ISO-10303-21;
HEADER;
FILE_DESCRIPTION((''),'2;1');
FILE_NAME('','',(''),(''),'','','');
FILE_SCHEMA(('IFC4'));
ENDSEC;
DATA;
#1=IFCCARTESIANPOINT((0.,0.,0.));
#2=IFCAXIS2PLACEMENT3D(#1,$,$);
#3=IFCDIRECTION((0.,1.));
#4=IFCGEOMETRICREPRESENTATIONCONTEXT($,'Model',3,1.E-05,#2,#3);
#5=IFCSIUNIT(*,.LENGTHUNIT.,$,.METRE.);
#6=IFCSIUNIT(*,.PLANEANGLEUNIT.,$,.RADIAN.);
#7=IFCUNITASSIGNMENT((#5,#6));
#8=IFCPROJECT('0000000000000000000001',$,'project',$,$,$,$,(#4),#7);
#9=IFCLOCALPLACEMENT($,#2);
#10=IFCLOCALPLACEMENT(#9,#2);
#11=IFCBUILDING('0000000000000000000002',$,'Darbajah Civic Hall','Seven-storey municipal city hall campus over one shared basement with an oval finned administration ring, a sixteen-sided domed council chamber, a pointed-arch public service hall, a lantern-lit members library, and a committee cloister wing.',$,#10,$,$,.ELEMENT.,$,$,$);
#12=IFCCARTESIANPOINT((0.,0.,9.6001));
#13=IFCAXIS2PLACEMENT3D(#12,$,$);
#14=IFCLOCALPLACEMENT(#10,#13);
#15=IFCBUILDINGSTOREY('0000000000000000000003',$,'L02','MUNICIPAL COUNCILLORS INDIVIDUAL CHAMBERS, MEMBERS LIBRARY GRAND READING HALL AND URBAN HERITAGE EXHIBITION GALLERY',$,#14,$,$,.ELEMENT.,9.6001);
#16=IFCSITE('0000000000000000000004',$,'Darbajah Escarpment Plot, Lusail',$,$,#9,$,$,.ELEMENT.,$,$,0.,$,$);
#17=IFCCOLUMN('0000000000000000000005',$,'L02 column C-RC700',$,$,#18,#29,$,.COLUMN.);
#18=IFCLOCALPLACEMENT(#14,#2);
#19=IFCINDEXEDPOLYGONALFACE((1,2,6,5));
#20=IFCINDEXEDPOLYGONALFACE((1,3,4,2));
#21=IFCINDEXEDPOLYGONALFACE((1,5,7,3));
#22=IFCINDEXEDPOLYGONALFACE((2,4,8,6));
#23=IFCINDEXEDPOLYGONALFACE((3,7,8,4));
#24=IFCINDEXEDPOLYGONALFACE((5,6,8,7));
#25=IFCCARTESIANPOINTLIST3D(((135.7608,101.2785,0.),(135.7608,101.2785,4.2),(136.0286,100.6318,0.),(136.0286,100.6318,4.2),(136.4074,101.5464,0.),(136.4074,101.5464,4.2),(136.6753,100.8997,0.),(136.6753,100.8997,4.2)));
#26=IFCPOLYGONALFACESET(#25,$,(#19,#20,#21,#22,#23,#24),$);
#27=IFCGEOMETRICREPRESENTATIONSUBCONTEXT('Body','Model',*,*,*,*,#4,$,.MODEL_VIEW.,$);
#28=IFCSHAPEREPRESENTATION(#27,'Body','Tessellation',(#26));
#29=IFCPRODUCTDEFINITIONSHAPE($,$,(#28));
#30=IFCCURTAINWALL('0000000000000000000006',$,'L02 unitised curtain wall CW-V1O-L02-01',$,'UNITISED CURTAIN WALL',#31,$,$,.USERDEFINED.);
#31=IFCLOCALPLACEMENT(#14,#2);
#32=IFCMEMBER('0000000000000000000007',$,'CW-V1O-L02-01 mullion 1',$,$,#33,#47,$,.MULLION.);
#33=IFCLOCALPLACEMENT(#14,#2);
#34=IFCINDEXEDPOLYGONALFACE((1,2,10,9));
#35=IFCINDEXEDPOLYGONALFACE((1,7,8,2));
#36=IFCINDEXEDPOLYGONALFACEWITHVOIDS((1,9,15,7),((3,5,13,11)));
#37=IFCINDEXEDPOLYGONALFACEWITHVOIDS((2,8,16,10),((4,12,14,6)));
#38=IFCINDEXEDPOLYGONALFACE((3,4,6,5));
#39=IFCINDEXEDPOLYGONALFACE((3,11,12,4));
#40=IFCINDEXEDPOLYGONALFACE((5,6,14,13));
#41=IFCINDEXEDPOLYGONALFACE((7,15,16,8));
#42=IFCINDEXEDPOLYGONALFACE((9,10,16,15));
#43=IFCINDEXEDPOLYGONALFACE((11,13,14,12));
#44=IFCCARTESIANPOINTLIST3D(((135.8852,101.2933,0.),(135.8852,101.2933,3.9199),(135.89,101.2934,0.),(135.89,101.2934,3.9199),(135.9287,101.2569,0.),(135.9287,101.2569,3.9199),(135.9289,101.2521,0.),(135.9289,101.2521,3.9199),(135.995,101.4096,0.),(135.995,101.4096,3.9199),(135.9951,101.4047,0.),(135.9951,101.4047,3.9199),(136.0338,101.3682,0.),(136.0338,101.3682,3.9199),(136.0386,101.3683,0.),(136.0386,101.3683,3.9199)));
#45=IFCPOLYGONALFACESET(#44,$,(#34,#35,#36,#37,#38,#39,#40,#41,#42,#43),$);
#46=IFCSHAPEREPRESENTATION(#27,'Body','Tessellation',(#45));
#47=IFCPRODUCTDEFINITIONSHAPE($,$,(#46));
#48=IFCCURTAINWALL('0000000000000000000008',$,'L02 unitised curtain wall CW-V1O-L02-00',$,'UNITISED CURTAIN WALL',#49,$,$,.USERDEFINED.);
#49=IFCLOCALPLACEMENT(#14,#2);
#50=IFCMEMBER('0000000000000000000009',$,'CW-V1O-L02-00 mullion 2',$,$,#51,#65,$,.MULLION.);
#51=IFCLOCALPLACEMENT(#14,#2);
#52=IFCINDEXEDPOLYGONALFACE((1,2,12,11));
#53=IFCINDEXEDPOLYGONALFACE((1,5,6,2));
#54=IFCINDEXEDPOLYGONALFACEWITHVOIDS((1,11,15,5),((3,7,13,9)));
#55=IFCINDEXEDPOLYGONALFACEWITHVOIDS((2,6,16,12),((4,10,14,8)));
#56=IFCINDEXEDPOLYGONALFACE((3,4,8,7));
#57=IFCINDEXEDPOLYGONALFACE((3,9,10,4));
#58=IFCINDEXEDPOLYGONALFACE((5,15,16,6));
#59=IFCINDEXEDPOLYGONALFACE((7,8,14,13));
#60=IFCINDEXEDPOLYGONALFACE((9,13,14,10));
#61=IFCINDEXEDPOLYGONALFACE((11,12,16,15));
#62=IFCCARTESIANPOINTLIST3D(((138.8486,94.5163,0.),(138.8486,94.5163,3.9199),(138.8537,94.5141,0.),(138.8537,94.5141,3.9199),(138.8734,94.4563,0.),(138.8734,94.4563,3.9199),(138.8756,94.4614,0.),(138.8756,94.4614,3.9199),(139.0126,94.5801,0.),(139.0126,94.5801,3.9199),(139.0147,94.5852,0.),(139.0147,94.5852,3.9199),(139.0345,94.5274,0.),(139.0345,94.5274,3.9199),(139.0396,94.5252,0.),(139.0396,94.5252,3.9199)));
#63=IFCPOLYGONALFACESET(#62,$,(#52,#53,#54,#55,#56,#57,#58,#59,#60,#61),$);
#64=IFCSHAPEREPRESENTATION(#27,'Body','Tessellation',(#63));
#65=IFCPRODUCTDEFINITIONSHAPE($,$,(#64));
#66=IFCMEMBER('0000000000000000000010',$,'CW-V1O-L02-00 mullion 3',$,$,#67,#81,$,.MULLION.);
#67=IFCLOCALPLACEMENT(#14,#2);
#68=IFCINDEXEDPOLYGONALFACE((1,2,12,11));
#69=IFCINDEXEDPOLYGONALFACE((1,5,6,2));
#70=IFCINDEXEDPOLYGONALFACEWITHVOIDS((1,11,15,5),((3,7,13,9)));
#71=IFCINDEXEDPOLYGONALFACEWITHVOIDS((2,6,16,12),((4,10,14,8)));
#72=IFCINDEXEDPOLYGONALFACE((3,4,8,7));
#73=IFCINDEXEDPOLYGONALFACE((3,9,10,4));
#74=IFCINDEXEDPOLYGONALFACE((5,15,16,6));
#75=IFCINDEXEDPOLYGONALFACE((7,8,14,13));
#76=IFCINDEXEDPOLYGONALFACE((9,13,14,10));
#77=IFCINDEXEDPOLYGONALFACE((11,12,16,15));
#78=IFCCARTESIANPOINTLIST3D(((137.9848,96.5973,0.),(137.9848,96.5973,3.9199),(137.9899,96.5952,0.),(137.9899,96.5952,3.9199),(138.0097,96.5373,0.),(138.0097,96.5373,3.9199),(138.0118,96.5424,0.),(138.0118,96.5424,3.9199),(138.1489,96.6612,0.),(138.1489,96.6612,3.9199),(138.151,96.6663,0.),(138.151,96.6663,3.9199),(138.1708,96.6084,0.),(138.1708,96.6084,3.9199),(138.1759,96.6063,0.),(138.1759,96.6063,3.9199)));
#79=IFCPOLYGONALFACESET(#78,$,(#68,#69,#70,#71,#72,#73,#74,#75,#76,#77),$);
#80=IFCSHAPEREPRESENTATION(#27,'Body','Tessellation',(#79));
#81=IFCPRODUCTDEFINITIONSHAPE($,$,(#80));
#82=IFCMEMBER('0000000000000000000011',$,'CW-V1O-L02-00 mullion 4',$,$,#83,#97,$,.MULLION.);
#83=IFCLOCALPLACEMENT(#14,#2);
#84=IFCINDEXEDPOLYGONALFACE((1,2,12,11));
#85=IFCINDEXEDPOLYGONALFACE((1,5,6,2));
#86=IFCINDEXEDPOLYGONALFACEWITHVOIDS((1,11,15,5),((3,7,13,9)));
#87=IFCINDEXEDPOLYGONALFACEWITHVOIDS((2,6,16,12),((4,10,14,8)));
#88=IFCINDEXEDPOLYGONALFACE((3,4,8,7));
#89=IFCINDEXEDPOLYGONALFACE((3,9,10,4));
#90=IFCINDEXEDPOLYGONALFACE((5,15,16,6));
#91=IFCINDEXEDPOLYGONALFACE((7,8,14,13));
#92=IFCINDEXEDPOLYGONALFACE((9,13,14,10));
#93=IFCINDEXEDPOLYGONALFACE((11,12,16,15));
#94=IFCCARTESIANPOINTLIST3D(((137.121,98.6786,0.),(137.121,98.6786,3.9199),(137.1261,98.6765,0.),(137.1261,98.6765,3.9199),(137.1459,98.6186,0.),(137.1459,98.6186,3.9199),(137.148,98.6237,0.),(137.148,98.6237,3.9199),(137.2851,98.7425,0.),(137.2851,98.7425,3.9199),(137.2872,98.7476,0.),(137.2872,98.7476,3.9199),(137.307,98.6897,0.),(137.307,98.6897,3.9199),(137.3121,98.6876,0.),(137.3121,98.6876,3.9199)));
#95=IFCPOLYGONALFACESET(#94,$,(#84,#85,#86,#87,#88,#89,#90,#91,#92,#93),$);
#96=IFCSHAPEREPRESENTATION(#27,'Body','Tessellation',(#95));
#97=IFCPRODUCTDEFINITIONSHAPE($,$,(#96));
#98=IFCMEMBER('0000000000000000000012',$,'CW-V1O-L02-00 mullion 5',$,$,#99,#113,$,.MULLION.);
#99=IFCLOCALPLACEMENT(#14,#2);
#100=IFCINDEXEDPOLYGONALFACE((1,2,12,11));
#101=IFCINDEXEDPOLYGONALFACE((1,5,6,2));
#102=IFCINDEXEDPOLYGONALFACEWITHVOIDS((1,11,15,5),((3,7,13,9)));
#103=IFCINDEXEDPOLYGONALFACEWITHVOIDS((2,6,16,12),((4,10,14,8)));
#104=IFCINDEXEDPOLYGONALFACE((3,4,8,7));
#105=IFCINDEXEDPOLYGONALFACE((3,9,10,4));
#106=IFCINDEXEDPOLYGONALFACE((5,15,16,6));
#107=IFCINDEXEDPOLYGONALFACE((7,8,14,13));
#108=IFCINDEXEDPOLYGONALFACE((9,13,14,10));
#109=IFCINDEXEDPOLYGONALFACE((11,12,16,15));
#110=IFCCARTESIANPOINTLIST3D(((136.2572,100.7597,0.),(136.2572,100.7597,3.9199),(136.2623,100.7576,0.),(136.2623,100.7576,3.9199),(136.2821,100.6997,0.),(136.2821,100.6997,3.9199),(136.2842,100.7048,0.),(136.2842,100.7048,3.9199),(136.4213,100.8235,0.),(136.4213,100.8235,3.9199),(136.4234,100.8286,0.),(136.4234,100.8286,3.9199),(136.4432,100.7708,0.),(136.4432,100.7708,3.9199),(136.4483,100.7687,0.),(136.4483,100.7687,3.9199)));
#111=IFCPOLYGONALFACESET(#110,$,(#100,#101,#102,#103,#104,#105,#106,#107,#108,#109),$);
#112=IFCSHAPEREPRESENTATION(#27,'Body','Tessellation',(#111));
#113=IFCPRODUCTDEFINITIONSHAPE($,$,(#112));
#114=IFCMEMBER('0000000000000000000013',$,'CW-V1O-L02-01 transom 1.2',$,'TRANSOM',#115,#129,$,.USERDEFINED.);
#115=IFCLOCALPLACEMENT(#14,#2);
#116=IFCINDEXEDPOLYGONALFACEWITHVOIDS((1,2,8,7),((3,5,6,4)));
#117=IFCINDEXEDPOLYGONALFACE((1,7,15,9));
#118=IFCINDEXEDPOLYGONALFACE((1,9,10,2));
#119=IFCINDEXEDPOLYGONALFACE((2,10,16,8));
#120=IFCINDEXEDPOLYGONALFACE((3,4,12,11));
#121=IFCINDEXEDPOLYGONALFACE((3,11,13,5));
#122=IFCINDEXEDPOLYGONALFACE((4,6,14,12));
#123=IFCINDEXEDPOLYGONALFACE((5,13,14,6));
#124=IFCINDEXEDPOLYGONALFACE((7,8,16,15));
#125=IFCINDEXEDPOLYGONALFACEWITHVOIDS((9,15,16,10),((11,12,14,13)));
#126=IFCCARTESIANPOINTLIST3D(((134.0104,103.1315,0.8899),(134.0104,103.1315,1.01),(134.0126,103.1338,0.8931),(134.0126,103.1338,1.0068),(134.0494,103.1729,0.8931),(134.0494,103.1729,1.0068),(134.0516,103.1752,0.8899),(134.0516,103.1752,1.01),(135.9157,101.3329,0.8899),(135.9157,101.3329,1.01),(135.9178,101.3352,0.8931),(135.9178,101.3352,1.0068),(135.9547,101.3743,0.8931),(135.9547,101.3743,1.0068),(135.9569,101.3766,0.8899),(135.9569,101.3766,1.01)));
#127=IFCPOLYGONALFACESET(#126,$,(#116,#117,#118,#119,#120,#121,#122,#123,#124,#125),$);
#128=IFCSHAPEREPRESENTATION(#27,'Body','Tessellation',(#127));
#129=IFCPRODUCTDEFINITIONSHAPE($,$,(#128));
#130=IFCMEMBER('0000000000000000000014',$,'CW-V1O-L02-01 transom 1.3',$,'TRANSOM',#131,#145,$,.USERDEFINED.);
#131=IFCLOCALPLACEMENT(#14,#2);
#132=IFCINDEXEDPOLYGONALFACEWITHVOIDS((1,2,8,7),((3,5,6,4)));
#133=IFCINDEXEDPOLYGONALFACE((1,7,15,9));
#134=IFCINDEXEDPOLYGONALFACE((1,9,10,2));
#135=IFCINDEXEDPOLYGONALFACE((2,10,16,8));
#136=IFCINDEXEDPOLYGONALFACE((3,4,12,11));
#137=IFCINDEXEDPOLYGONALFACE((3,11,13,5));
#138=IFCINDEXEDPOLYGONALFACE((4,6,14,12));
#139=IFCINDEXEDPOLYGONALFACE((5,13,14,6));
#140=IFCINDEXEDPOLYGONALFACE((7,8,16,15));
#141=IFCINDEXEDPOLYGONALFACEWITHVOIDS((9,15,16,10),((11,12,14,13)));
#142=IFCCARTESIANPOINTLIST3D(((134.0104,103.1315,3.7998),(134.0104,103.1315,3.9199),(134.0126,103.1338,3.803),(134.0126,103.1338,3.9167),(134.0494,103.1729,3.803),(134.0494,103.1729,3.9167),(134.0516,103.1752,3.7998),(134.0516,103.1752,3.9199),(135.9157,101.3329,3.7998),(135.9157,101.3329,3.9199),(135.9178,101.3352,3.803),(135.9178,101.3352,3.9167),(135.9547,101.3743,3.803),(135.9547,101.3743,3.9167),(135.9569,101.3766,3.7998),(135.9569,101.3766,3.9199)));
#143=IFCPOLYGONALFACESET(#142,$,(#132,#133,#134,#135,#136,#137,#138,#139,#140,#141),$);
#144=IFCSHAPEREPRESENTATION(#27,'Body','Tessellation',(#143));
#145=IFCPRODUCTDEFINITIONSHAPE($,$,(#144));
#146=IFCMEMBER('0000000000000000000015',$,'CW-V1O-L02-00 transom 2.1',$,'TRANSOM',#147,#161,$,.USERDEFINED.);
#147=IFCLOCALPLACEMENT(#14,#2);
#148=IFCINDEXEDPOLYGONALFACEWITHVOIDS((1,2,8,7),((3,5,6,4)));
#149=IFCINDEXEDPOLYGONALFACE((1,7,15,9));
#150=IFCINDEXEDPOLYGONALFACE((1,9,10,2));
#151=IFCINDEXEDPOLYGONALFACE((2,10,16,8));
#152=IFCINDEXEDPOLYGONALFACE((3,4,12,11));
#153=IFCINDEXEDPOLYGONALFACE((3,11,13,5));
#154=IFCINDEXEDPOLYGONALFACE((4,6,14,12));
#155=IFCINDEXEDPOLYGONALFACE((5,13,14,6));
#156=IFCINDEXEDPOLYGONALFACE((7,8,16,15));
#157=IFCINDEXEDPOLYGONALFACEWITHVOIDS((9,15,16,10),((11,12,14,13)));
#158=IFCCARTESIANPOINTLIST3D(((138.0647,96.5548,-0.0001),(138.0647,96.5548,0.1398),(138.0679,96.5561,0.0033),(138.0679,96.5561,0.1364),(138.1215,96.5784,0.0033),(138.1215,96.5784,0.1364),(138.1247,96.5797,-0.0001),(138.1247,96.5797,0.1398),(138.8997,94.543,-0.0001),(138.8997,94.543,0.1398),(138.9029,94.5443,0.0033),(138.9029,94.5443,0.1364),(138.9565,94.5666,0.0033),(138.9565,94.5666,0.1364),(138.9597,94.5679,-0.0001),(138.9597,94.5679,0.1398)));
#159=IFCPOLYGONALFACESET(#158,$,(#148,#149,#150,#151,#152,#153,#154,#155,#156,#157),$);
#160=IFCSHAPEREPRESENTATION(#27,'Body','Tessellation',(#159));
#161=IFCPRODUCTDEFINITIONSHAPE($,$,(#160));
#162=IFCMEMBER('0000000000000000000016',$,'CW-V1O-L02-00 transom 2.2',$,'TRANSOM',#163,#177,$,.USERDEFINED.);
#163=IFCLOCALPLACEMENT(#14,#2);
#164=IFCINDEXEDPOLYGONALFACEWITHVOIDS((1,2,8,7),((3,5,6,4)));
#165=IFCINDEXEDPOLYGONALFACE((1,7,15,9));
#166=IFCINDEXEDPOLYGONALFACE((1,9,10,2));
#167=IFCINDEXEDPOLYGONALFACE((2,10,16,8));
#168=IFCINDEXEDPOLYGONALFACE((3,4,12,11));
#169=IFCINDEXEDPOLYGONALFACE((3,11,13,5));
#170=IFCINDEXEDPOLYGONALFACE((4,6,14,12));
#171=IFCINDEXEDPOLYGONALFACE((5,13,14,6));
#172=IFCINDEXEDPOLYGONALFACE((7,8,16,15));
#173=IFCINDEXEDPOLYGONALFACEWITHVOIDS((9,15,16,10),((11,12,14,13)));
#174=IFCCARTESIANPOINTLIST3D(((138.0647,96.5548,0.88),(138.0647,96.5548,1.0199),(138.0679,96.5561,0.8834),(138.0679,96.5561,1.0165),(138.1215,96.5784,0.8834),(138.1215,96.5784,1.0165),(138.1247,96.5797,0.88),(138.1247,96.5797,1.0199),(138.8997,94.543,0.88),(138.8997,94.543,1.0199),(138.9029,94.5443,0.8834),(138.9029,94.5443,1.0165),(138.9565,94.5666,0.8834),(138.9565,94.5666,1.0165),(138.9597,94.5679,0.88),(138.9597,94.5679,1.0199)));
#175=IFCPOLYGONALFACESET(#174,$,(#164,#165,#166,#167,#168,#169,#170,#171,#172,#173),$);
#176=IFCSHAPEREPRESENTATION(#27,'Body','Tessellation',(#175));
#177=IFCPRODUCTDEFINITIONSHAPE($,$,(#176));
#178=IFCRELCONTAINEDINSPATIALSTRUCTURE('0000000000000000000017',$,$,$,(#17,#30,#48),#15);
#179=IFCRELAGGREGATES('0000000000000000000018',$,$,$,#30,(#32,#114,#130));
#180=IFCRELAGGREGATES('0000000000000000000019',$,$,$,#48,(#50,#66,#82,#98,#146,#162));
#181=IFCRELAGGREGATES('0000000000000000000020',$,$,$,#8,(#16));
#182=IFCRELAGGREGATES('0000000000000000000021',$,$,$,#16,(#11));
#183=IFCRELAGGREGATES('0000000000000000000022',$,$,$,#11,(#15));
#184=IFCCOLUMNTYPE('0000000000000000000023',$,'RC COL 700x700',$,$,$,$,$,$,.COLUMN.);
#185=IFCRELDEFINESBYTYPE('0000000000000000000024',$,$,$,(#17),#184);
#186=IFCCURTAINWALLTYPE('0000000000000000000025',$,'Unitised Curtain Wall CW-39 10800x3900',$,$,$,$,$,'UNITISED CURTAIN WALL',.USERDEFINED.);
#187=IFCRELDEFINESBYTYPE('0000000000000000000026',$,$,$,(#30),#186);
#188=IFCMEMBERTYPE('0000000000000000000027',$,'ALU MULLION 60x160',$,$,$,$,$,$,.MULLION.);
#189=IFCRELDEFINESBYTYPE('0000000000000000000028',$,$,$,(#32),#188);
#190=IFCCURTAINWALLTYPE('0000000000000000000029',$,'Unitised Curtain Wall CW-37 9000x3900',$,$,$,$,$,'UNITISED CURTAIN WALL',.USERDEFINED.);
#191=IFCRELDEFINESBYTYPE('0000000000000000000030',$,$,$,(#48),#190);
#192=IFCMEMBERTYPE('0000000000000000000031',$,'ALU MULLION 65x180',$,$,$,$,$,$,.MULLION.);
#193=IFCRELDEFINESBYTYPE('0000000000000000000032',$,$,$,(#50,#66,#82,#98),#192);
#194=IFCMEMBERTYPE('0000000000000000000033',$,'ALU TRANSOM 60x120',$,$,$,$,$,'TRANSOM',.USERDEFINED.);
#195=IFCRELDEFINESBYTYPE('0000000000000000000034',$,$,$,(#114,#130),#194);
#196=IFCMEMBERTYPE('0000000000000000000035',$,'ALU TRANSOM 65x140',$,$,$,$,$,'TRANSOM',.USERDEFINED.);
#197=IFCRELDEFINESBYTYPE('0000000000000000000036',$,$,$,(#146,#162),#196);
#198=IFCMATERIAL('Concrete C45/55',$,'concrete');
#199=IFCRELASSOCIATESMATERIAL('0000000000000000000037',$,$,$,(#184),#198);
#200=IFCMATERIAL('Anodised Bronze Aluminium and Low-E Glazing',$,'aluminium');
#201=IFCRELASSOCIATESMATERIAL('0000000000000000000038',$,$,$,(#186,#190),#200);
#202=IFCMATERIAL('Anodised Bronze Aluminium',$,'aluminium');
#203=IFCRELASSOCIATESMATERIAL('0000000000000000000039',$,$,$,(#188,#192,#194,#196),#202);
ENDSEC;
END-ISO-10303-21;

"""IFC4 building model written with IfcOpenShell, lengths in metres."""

from ifc_helpers import new_model, si_unit, direction, frame, origin, origin_2d, place, context, subcontext, project, spatial, rectangle, hollow_rectangle, extrude, material, material_profile, profile_set, type_object, element, aggregate, save


model = new_model("IFC4")

# Units and contexts
model_context = context("Model", 3, precision=1e-05, world=origin(), true_north=direction((0.0, 1.0)))
body_context = subcontext(model_context, "Body", "Model", "MODEL_VIEW")
ifc_project = project(units=[si_unit("LENGTHUNIT", "METRE"), si_unit("PLANEANGLEUNIT", "RADIAN")], contexts=[model_context])

# Site, building, storey
site_placement = place(None, origin())
site = spatial("IfcSite", under=ifc_project, at=site_placement, Name="Darbajah Escarpment Plot, Lusail", CompositionType="ELEMENT", RefElevation=0.0)
building_placement = place(site_placement, origin())
building = spatial("IfcBuilding", under=site, at=building_placement, Name="Darbajah Civic Hall", Description="Seven-storey municipal city hall campus over one shared basement with an oval finned administration ring, a sixteen-sided domed council chamber, a pointed-arch public service hall, a lantern-lit members library, and a committee cloister wing.", CompositionType="ELEMENT")
storey_placement = place(building_placement, frame((0.0, 0.0, 9.6001)))
storey = spatial("IfcBuildingStorey", under=building, at=storey_placement, Name="L02", Description="MUNICIPAL COUNCILLORS INDIVIDUAL CHAMBERS, MEMBERS LIBRARY GRAND READING HALL AND URBAN HERITAGE EXHIBITION GALLERY", CompositionType="ELEMENT", Elevation=9.6001)

# Column
ifc_material_1 = material(Name="Concrete C45/55", Category="concrete")
ifc_material_profile_1 = material_profile(ifc_material_1, rectangle(XDim=0.7, YDim=0.7, at=origin_2d()), Name="RC COL 700x700")
ifc_profile_set_1 = profile_set([ifc_material_profile_1], Name="Concrete C45/55")
column_type = type_object("IfcColumnType", Name="RC COL 700x700", PredefinedType="COLUMN", material=ifc_profile_set_1)
column_placement = place(storey_placement, frame((136.218, 101.0891, 0.0), z_axis=(0.0, 0.0, 1.0), x_axis=(0.92388, 0.382683, 0.0)))
element("IfcColumn", 1, at=column_placement, inside=storey, type_object=column_type, Name="L02 column C-RC700", PredefinedType="COLUMN", context=body_context, shape_type="SweptSolid", body=[
    extrude(rectangle(XDim=0.7, YDim=0.7, at=origin_2d()), origin(), (0.0, 0.0, 1.0), 4.2),
])

# Curtain wall, member
ifc_material_2 = material(Name="Anodised Bronze Aluminium and Low-E Glazing", Category="aluminium")
curtain_wall_type_1 = type_object("IfcCurtainWallType", Name="Unitised Curtain Wall CW-39 10800x3900", ElementType="UNITISED CURTAIN WALL", PredefinedType="USERDEFINED", material=ifc_material_2)
curtain_wall_1_placement = place(storey_placement, origin())
curtain_wall_1 = element("IfcCurtainWall", 2, at=curtain_wall_1_placement, inside=storey, type_object=curtain_wall_type_1, Name="L02 unitised curtain wall CW-V1O-L02-01", ObjectType="UNITISED CURTAIN WALL", PredefinedType="USERDEFINED")
ifc_material_3 = material(Name="Anodised Bronze Aluminium", Category="aluminium")
ifc_material_profile_2 = material_profile(ifc_material_3, hollow_rectangle(XDim=0.0601, YDim=0.1599, WallThickness=0.0034, at=origin_2d()), Name="ALU MULLION 60x160")
ifc_profile_set_2 = profile_set([ifc_material_profile_2], Name="Anodised Bronze Aluminium")
member_type_1 = type_object("IfcMemberType", Name="ALU MULLION 60x160", PredefinedType="MULLION", material=ifc_profile_set_2)
member_1_placement = place(storey_placement, frame((135.9619, 101.3308, 0.0), z_axis=(0.0, 0.0, 1.0), x_axis=(-0.727174, 0.686453, 0.0)))
member_1 = element("IfcMember", 3, at=member_1_placement, type_object=member_type_1, Name="CW-V1O-L02-01 mullion 1", PredefinedType="MULLION", context=body_context, shape_type="SweptSolid", body=[
    extrude(hollow_rectangle(XDim=0.0601, YDim=0.1599, WallThickness=0.0034, at=origin_2d()), origin(), (0.0, 0.0, 1.0), 3.9199),
])

# Curtain wall, members
curtain_wall_type_2 = type_object("IfcCurtainWallType", Name="Unitised Curtain Wall CW-37 9000x3900", ElementType="UNITISED CURTAIN WALL", PredefinedType="USERDEFINED", material=ifc_material_2)
curtain_wall_2_placement = place(storey_placement, origin())
curtain_wall_2 = element("IfcCurtainWall", 4, at=curtain_wall_2_placement, inside=storey, type_object=curtain_wall_type_2, Name="L02 unitised curtain wall CW-V1O-L02-00", ObjectType="UNITISED CURTAIN WALL", PredefinedType="USERDEFINED")
ifc_material_profile_3 = material_profile(ifc_material_3, hollow_rectangle(XDim=0.0649, YDim=0.1799, WallThickness=0.0039, at=origin_2d()), Name="ALU MULLION 65x180")
ifc_profile_set_3 = profile_set([ifc_material_profile_3], Name="Anodised Bronze Aluminium")
member_type_2 = type_object("IfcMemberType", Name="ALU MULLION 65x180", PredefinedType="MULLION", material=ifc_profile_set_3)
member_2_placement = place(storey_placement, frame((138.9441, 94.5208, 0.0), z_axis=(0.0, 0.0, 1.0), x_axis=(-0.383328, 0.923612, 0.0)))
member_2 = element("IfcMember", 5, at=member_2_placement, type_object=member_type_2, Name="CW-V1O-L02-00 mullion 2", PredefinedType="MULLION", context=body_context, shape_type="SweptSolid", body=[
    extrude(hollow_rectangle(XDim=0.0649, YDim=0.1799, WallThickness=0.0039, at=origin_2d()), origin(), (0.0, 0.0, 1.0), 3.9199),
])
member_3_placement = place(storey_placement, frame((138.0803, 96.6018, 0.0), z_axis=(0.0, 0.0, 1.0), x_axis=(-0.383328, 0.923612, 0.0)))
member_3 = element("IfcMember", 6, at=member_3_placement, type_object=member_type_2, Name="CW-V1O-L02-00 mullion 3", PredefinedType="MULLION", context=body_context, shape_type="SweptSolid", body=[
    extrude(hollow_rectangle(XDim=0.0649, YDim=0.1799, WallThickness=0.0039, at=origin_2d()), origin(), (0.0, 0.0, 1.0), 3.9199),
])
member_4_placement = place(storey_placement, frame((137.2166, 98.6831, 0.0), z_axis=(0.0, 0.0, 1.0), x_axis=(-0.383328, 0.923612, 0.0)))
member_4 = element("IfcMember", 7, at=member_4_placement, type_object=member_type_2, Name="CW-V1O-L02-00 mullion 4", PredefinedType="MULLION", context=body_context, shape_type="SweptSolid", body=[
    extrude(hollow_rectangle(XDim=0.0649, YDim=0.1799, WallThickness=0.0039, at=origin_2d()), origin(), (0.0, 0.0, 1.0), 3.9199),
])
member_5_placement = place(storey_placement, frame((136.3528, 100.7642, 0.0), z_axis=(0.0, 0.0, 1.0), x_axis=(-0.383328, 0.923612, 0.0)))
member_5 = element("IfcMember", 8, at=member_5_placement, type_object=member_type_2, Name="CW-V1O-L02-00 mullion 5", PredefinedType="MULLION", context=body_context, shape_type="SweptSolid", body=[
    extrude(hollow_rectangle(XDim=0.0649, YDim=0.1799, WallThickness=0.0039, at=origin_2d()), origin(), (0.0, 0.0, 1.0), 3.9199),
])

# Members
ifc_material_profile_4 = material_profile(ifc_material_3, hollow_rectangle(XDim=0.0601, YDim=0.1201, WallThickness=0.0032, at=origin_2d()), Name="ALU TRANSOM 60x120")
ifc_profile_set_4 = profile_set([ifc_material_profile_4], Name="Anodised Bronze Aluminium")
member_type_3 = type_object("IfcMemberType", Name="ALU TRANSOM 60x120", ElementType="TRANSOM", PredefinedType="USERDEFINED", material=ifc_profile_set_4)
member_6_placement = place(storey_placement, frame((135.9363, 101.3547, 0.95), z_axis=(-0.727173, 0.686454, 0.0), x_axis=(-0.686454, -0.727173, 0.0)))
member_6 = element("IfcMember", 9, at=member_6_placement, type_object=member_type_3, Name="CW-V1O-L02-01 transom 1.2", ObjectType="TRANSOM", PredefinedType="USERDEFINED", context=body_context, shape_type="SweptSolid", body=[
    extrude(hollow_rectangle(XDim=0.0601, YDim=0.1201, WallThickness=0.0032, at=origin_2d()), origin(), (0.0, 0.0, 1.0), 2.6201),
])
member_7_placement = place(storey_placement, frame((135.9363, 101.3547, 3.8599), z_axis=(-0.727173, 0.686454, 0.0), x_axis=(-0.686454, -0.727173, 0.0)))
member_7 = element("IfcMember", 10, at=member_7_placement, type_object=member_type_3, Name="CW-V1O-L02-01 transom 1.3", ObjectType="TRANSOM", PredefinedType="USERDEFINED", context=body_context, shape_type="SweptSolid", body=[
    extrude(hollow_rectangle(XDim=0.0601, YDim=0.1201, WallThickness=0.0032, at=origin_2d()), origin(), (0.0, 0.0, 1.0), 2.6201),
])
aggregate(curtain_wall_1, [member_1, member_6, member_7])
ifc_material_profile_5 = material_profile(ifc_material_3, hollow_rectangle(XDim=0.0649, YDim=0.1399, WallThickness=0.0034, at=origin_2d()), Name="ALU TRANSOM 65x140")
ifc_profile_set_5 = profile_set([ifc_material_profile_5], Name="Anodised Bronze Aluminium")
member_type_4 = type_object("IfcMemberType", Name="ALU TRANSOM 65x140", ElementType="TRANSOM", PredefinedType="USERDEFINED", material=ifc_profile_set_5)
member_8_placement = place(storey_placement, frame((138.9297, 94.5554, 0.0698), z_axis=(-0.383342, 0.923607, 0.0), x_axis=(-0.923607, -0.383342, 0.0)))
member_8 = element("IfcMember", 11, at=member_8_placement, type_object=member_type_4, Name="CW-V1O-L02-00 transom 2.1", ObjectType="TRANSOM", PredefinedType="USERDEFINED", context=body_context, shape_type="SweptSolid", body=[
    extrude(hollow_rectangle(XDim=0.0649, YDim=0.1399, WallThickness=0.0034, at=origin_2d()), origin(), (0.0, 0.0, 1.0), 2.1782),
])
member_9_placement = place(storey_placement, frame((138.9297, 94.5554, 0.95), z_axis=(-0.383342, 0.923607, 0.0), x_axis=(-0.923607, -0.383342, 0.0)))
member_9 = element("IfcMember", 12, at=member_9_placement, type_object=member_type_4, Name="CW-V1O-L02-00 transom 2.2", ObjectType="TRANSOM", PredefinedType="USERDEFINED", context=body_context, shape_type="SweptSolid", body=[
    extrude(hollow_rectangle(XDim=0.0649, YDim=0.1399, WallThickness=0.0034, at=origin_2d()), origin(), (0.0, 0.0, 1.0), 2.1782),
])

aggregate(curtain_wall_2, [member_2, member_3, member_4, member_5, member_8, member_9])

save(model, "model.ifc")
